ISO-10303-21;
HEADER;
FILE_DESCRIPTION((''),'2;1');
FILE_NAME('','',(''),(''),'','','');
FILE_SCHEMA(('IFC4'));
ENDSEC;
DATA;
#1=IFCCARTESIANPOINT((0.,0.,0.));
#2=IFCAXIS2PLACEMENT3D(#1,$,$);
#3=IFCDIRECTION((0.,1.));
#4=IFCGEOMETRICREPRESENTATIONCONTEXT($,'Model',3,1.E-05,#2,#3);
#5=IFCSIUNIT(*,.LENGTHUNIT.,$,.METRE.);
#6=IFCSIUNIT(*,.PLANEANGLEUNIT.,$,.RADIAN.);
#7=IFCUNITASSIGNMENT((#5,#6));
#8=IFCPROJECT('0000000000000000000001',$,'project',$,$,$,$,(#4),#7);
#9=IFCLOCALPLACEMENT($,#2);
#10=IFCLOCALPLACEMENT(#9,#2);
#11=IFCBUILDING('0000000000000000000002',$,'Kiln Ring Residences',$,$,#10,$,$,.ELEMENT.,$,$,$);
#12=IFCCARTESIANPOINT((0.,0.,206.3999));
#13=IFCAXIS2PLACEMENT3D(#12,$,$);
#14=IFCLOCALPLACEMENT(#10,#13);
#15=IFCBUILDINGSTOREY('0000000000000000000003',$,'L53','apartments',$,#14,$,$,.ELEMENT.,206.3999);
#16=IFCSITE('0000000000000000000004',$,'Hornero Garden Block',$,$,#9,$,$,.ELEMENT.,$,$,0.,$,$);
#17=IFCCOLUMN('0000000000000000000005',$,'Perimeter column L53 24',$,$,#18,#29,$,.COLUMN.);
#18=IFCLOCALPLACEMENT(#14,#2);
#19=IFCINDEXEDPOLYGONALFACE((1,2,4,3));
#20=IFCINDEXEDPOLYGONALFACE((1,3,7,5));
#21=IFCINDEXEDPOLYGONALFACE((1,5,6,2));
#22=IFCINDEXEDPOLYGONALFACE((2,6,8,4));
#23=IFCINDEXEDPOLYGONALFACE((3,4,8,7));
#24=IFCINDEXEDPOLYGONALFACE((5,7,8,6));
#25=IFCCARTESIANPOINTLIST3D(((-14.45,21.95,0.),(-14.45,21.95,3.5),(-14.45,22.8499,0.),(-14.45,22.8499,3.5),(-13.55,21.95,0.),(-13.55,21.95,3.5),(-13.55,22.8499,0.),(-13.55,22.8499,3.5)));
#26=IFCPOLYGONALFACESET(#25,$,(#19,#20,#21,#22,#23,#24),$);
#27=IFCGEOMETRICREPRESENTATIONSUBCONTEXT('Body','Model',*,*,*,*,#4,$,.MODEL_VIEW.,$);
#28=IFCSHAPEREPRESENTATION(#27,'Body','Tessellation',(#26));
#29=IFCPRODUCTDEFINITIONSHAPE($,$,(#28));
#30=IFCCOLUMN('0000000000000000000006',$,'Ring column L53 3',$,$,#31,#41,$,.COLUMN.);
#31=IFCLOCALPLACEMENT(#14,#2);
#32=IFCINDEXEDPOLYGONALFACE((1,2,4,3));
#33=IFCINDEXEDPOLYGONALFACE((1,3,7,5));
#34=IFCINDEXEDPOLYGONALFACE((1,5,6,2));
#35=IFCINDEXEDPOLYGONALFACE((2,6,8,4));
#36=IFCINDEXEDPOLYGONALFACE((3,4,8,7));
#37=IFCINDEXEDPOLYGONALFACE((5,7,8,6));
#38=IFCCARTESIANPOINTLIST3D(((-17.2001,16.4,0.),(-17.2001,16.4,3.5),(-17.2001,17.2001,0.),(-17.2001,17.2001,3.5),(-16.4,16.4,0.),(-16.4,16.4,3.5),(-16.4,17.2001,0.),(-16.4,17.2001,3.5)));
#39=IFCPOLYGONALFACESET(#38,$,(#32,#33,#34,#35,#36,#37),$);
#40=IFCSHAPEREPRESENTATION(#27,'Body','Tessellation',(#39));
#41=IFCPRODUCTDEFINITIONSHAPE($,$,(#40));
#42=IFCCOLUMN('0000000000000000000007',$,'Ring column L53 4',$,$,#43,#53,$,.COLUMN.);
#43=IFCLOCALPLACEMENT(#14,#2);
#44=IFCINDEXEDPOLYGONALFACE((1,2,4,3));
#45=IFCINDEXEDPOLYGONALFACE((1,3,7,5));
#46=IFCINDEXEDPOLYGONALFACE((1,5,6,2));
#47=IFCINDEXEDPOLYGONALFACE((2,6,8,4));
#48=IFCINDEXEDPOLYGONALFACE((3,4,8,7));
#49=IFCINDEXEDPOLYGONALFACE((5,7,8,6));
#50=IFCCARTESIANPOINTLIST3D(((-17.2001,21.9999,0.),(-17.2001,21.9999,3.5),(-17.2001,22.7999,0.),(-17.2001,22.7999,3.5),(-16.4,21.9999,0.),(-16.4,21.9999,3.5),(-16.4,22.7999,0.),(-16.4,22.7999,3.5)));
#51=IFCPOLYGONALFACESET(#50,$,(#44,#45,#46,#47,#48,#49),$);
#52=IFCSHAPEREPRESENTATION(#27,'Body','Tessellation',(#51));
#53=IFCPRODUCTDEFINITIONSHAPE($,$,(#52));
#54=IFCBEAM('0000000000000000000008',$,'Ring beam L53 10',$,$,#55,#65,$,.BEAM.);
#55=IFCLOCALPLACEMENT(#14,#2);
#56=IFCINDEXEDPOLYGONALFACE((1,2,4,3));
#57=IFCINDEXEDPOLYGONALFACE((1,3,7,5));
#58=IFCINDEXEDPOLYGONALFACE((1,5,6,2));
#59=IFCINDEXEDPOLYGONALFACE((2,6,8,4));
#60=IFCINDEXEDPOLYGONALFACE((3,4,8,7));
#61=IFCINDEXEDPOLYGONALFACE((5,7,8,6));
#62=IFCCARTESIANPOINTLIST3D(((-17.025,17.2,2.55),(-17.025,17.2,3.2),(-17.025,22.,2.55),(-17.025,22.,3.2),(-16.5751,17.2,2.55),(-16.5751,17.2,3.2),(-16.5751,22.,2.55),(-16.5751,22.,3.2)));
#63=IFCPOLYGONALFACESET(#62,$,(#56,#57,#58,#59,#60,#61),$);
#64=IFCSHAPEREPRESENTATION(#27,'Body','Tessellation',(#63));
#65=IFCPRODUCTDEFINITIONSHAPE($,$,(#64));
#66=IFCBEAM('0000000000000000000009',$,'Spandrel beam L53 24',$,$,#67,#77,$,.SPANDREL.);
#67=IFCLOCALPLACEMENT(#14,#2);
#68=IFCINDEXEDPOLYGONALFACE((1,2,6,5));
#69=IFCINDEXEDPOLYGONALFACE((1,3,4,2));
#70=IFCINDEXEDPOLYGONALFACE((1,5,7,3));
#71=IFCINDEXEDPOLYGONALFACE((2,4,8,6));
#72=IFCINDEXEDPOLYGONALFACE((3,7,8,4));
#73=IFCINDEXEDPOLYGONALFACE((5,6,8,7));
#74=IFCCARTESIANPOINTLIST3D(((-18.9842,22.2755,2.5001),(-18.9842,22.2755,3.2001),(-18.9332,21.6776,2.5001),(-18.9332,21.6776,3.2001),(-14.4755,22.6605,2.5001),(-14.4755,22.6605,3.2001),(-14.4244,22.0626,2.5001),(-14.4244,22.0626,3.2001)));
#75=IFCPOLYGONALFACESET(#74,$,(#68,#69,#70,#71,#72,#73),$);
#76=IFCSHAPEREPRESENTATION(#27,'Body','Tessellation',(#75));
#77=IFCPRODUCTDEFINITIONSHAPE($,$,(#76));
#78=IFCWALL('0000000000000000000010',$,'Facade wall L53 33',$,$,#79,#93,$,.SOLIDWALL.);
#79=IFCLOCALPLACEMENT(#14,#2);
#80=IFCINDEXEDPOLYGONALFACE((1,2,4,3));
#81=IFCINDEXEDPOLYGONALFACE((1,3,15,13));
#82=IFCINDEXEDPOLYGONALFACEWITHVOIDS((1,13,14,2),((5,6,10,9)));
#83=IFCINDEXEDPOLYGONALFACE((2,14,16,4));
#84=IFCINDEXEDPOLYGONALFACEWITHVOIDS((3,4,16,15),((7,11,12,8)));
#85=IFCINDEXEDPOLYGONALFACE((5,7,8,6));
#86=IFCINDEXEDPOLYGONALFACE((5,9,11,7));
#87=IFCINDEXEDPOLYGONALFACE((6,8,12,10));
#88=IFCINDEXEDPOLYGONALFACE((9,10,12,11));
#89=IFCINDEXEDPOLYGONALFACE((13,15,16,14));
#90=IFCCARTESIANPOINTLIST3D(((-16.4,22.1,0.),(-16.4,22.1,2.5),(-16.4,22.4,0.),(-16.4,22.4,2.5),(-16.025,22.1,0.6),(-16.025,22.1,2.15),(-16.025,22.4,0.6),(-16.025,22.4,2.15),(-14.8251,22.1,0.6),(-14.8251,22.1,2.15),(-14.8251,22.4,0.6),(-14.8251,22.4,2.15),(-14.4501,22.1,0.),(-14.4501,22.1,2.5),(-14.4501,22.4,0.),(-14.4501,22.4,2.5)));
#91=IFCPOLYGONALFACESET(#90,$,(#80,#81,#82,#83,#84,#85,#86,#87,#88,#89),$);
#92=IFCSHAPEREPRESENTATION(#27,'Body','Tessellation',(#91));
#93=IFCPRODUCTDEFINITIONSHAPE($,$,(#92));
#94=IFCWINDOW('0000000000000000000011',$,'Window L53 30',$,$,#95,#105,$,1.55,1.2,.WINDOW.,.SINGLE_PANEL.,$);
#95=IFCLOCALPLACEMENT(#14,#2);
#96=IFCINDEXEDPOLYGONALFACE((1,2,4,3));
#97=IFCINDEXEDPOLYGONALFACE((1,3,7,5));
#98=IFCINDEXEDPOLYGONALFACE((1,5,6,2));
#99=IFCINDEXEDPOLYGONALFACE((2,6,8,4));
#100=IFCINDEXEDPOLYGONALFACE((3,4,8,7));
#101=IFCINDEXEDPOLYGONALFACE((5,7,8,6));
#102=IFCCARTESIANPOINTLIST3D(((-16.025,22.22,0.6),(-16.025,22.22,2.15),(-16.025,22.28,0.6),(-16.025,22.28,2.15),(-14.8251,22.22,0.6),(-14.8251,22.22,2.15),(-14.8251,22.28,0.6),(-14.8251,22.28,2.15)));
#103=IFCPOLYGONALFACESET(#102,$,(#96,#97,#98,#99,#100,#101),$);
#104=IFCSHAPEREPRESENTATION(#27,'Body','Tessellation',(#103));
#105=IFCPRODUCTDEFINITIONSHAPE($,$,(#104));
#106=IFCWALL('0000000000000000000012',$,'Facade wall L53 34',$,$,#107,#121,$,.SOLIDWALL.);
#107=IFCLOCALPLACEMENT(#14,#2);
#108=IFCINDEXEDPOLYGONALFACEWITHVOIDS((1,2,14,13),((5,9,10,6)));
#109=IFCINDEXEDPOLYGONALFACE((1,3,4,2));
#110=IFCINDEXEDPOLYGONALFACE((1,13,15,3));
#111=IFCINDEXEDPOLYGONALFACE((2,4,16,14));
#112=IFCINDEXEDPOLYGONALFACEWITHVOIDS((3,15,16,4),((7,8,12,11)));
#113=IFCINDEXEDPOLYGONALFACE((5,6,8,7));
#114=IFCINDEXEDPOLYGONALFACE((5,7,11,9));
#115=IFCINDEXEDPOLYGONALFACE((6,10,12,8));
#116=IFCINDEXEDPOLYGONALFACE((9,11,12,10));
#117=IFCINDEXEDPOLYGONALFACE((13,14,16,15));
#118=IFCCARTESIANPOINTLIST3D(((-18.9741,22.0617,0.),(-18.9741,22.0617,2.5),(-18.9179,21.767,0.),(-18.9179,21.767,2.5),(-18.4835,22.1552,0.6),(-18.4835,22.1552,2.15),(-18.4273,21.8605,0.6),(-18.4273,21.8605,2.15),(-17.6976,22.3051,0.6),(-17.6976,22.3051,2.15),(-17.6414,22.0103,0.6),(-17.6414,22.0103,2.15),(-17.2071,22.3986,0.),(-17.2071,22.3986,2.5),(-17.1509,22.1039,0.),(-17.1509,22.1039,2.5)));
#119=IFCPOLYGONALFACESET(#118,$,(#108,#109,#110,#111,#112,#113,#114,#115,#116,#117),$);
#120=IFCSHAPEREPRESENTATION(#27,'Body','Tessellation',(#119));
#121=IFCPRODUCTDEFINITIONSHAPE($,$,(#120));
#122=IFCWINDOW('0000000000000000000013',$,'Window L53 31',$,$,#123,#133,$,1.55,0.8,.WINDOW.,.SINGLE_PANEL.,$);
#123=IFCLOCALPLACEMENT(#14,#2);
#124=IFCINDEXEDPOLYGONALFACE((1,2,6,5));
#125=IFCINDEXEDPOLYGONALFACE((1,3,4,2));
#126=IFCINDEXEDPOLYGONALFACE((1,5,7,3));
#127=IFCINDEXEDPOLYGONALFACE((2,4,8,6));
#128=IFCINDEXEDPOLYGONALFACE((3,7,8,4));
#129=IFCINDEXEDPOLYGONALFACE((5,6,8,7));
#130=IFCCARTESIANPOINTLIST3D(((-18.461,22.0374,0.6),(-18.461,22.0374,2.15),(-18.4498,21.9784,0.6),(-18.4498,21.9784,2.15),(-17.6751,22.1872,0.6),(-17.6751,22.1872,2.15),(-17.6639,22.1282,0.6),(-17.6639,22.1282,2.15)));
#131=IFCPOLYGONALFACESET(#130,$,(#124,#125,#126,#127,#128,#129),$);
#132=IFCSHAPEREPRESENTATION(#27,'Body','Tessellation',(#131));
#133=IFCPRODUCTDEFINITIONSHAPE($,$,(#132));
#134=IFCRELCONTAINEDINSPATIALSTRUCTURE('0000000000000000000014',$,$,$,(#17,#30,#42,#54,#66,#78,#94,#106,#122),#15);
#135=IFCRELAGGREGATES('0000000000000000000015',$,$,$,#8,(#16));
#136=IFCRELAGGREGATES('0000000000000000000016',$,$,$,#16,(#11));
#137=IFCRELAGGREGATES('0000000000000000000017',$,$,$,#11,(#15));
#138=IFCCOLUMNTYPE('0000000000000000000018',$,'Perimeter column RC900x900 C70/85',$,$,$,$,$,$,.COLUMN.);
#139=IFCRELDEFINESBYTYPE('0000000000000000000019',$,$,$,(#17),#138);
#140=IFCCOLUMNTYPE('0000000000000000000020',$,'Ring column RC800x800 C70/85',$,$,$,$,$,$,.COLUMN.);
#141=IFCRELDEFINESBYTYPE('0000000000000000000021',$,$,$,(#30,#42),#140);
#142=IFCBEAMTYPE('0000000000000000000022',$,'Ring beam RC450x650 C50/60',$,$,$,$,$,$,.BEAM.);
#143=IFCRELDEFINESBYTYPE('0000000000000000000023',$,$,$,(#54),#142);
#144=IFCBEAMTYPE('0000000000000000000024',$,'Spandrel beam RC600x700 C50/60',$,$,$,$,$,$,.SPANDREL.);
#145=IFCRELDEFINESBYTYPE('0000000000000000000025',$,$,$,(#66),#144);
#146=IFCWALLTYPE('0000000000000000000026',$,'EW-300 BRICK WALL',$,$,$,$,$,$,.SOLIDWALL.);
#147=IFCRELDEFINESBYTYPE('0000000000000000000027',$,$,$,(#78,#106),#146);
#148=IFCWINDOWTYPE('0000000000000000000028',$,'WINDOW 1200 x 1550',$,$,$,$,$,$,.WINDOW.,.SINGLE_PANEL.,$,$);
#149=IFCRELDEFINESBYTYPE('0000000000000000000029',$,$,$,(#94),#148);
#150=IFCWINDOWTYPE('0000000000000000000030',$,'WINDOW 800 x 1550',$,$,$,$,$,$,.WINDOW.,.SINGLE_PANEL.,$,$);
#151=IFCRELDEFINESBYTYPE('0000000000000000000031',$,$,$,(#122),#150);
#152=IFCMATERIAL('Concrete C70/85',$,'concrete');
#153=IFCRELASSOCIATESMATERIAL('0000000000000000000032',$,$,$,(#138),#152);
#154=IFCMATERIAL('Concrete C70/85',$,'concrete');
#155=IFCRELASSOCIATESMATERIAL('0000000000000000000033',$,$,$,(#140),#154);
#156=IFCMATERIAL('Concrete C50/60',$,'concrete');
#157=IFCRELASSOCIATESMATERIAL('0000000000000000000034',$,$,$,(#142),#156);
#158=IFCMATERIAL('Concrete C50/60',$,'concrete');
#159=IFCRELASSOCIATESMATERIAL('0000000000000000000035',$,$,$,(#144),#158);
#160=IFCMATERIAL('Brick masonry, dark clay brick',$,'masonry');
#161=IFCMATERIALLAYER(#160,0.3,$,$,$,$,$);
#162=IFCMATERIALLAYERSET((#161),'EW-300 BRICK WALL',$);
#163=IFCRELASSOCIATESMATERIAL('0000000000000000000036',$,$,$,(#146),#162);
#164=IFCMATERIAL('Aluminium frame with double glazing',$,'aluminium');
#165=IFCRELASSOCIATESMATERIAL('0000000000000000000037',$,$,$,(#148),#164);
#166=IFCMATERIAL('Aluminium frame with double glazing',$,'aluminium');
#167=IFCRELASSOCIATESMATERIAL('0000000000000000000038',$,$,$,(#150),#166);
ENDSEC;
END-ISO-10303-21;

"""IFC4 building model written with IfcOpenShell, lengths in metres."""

from ifc_helpers import new_model, si_unit, direction, frame, frame_2d, origin, origin_2d, place, context, subcontext, project, spatial, rectangle, extrude, material, layer, layer_set, material_profile, profile_set, type_object, element, fill, save


model = new_model("IFC4")

# Units and contexts
model_context = context("Model", 3, precision=1e-05, world=origin(), true_north=direction((0.0, 1.0)))
body_context = subcontext(model_context, "Body", "Model", "MODEL_VIEW")
ifc_project = project(units=[si_unit("LENGTHUNIT", "METRE"), si_unit("PLANEANGLEUNIT", "RADIAN")], contexts=[model_context])

# Site, building, storey
site_placement = place(None, origin())
site = spatial("IfcSite", under=ifc_project, at=site_placement, Name="Hornero Garden Block", CompositionType="ELEMENT", RefElevation=0.0)
building_placement = place(site_placement, origin())
building = spatial("IfcBuilding", under=site, at=building_placement, Name="Kiln Ring Residences", CompositionType="ELEMENT")
storey_placement = place(building_placement, frame((0.0, 0.0, 206.3999)))
storey = spatial("IfcBuildingStorey", under=building, at=storey_placement, Name="L53", Description="apartments", CompositionType="ELEMENT", Elevation=206.3999)

# Columns
ifc_material_1 = material(Name="Concrete C70/85", Category="concrete")
ifc_material_profile_1 = material_profile(ifc_material_1, rectangle(XDim=0.8999, YDim=0.8999, at=origin_2d()), Name="RC900x900")
ifc_profile_set_1 = profile_set([ifc_material_profile_1], Name="Concrete C70/85")
column_type_1 = type_object("IfcColumnType", Name="Perimeter column RC900x900 C70/85", PredefinedType="COLUMN", material=ifc_profile_set_1)
column_placement = place(storey_placement, frame((-14.0, 22.3999, 0.0), z_axis=(0.0, 0.0, 1.0), x_axis=(1.0, 0.0, 0.0)))
element("IfcColumn", 1, at=column_placement, inside=storey, type_object=column_type_1, Name="Perimeter column L53 24", PredefinedType="COLUMN", context=body_context, shape_type="SweptSolid", body=[
    extrude(rectangle(XDim=0.8999, YDim=0.8999, at=origin_2d()), origin(), (0.0, 0.0, 1.0), 3.5),
])
ifc_material_2 = material(Name="Concrete C70/85", Category="concrete")
ifc_material_profile_2 = material_profile(ifc_material_2, rectangle(XDim=0.8, YDim=0.8, at=origin_2d()), Name="RC800x800")
ifc_profile_set_2 = profile_set([ifc_material_profile_2], Name="Concrete C70/85")
column_type_2 = type_object("IfcColumnType", Name="Ring column RC800x800 C70/85", PredefinedType="COLUMN", material=ifc_profile_set_2)
for number, where, z_axis, x_axis, name in (
    (2, (-16.8, 16.8, 0.0), (0.0, 0.0, 1.0), (1.0, 0.0, 0.0), "Ring column L53 3"),
    (3, (-16.8, 22.3999, 0.0), (0.0, 0.0, 1.0), (1.0, 0.0, 0.0), "Ring column L53 4"),
):
    element("IfcColumn", number, at=place(storey_placement, frame(where, z_axis=z_axis, x_axis=x_axis)), inside=storey, type_object=column_type_2, Name=name, PredefinedType="COLUMN", context=body_context, shape_type="SweptSolid", body=[
        extrude(rectangle(XDim=0.8, YDim=0.8, at=origin_2d()), origin(), (0.0, 0.0, 1.0), 3.5),
    ])

# Beams
ifc_material_3 = material(Name="Concrete C50/60", Category="concrete")
ifc_material_profile_3 = material_profile(ifc_material_3, rectangle(XDim=0.45, YDim=0.6499, at=origin_2d()), Name="RC450x650")
ifc_profile_set_3 = profile_set([ifc_material_profile_3], Name="Concrete C50/60")
beam_type_1 = type_object("IfcBeamType", Name="Ring beam RC450x650 C50/60", PredefinedType="BEAM", material=ifc_profile_set_3)
beam_1_placement = place(storey_placement, frame((-16.8, 17.2, 2.875), z_axis=(0.0, 1.0, 0.0), x_axis=(-1.0, 0.0, 0.0)))
element("IfcBeam", 4, at=beam_1_placement, inside=storey, type_object=beam_type_1, Name="Ring beam L53 10", PredefinedType="BEAM", context=body_context, shape_type="SweptSolid", body=[
    extrude(rectangle(XDim=0.45, YDim=0.6499, at=origin_2d()), origin(), (0.0, 0.0, 1.0), 4.8),
])
ifc_material_4 = material(Name="Concrete C50/60", Category="concrete")
ifc_material_profile_4 = material_profile(ifc_material_4, rectangle(XDim=0.6001, YDim=0.7, at=origin_2d()), Name="RC600x700")
ifc_profile_set_4 = profile_set([ifc_material_profile_4], Name="Concrete C50/60")
beam_type_2 = type_object("IfcBeamType", Name="Spandrel beam RC600x700 C50/60", PredefinedType="SPANDREL", material=ifc_profile_set_4)
beam_2_placement = place(storey_placement, frame((-14.45, 22.3616, 2.8501), z_axis=(-0.996374, -0.085081, 0.0), x_axis=(0.085081, -0.996374, 0.0)))
element("IfcBeam", 5, at=beam_2_placement, inside=storey, type_object=beam_type_2, Name="Spandrel beam L53 24", PredefinedType="SPANDREL", context=body_context, shape_type="SweptSolid", body=[
    extrude(rectangle(XDim=0.6001, YDim=0.7, at=origin_2d()), origin(), (0.0, 0.0, 1.0), 4.5251),
])

# Walls, openings, windows
ifc_material_5 = material(Name="Brick masonry, dark clay brick", Category="masonry")
ifc_layer_1 = layer(ifc_material_5, 0.3)
ifc_layer_set_1 = layer_set([ifc_layer_1], Name="EW-300 BRICK WALL")
wall_type_1 = type_object("IfcWallType", Name="EW-300 BRICK WALL", PredefinedType="SOLIDWALL", material=ifc_layer_set_1)
wall_1_placement = place(storey_placement, frame((-14.45, 22.25, 0.0), z_axis=(0.0, 0.0, 1.0), x_axis=(-1.0, 0.0, 0.0)))
wall_1 = element("IfcWall", 6, at=wall_1_placement, inside=storey, type_object=wall_type_1, Name="Facade wall L53 33", PredefinedType="SOLIDWALL", context=body_context, shape_type="SweptSolid", body=[
    extrude(rectangle(XDim=1.95, YDim=0.3, at=frame_2d((0.9751, 0.0))), origin(), (0.0, 0.0, 1.0), 2.5),
])
opening_1_placement = place(wall_1_placement, frame((0.375, 0.0, 0.6001)))
opening_1 = element("IfcOpeningElement", 7, at=opening_1_placement, cuts=wall_1, PredefinedType="OPENING", context=body_context, shape_type="SweptSolid", body=[
    extrude(rectangle(XDim=1.2, YDim=1.55, at=frame_2d((0.6001, 0.7749))), frame((0.0, 0.1599, 0.0), z_axis=(0.0, -1.0, 0.0), x_axis=(1.0, 0.0, 0.0)), (0.0, 0.0, 1.0), 0.3201),
])
ifc_material_6 = material(Name="Aluminium frame with double glazing", Category="aluminium")
window_type_1 = type_object("IfcWindowType", Name="WINDOW 1200 x 1550", PartitioningType="SINGLE_PANEL", PredefinedType="WINDOW", material=ifc_material_6)
window_1_placement = place(opening_1_placement, origin())
window_1 = element("IfcWindow", 8, at=window_1_placement, inside=storey, type_object=window_type_1, Name="Window L53 30", OverallHeight=1.55, OverallWidth=1.2, PartitioningType="SINGLE_PANEL", PredefinedType="WINDOW", context=body_context, shape_type="SweptSolid", body=[
    extrude(rectangle(XDim=1.2, YDim=1.55, at=frame_2d((0.6001, 0.7749))), frame((0.0, 0.03, 0.0), z_axis=(0.0, -1.0, 0.0), x_axis=(1.0, 0.0, 0.0)), (0.0, 0.0, 1.0), 0.0601),
])
fill(opening_1, window_1)
wall_2_placement = place(storey_placement, frame((-17.179, 22.2512, 0.0), z_axis=(0.0, 0.0, 1.0), x_axis=(-0.982305, -0.187287, 0.0)))
wall_2 = element("IfcWall", 9, at=wall_2_placement, inside=storey, type_object=wall_type_1, Name="Facade wall L53 34", PredefinedType="SOLIDWALL", context=body_context, shape_type="SweptSolid", body=[
    extrude(rectangle(XDim=1.7988, YDim=0.3, at=frame_2d((0.8994, 0.0))), origin(), (0.0, 0.0, 1.0), 2.5),
])
opening_2_placement = place(wall_2_placement, frame((0.4995, 0.0, 0.6001)))
opening_2 = element("IfcOpeningElement", 10, at=opening_2_placement, cuts=wall_2, PredefinedType="OPENING", context=body_context, shape_type="SweptSolid", body=[
    extrude(rectangle(XDim=0.8, YDim=1.55, at=frame_2d((0.3999, 0.7749))), frame((0.0, 0.1599, 0.0), z_axis=(0.0, -1.0, 0.0), x_axis=(1.0, 0.0, 0.0)), (0.0, 0.0, 1.0), 0.3201),
])
ifc_material_7 = material(Name="Aluminium frame with double glazing", Category="aluminium")
window_type_2 = type_object("IfcWindowType", Name="WINDOW 800 x 1550", PartitioningType="SINGLE_PANEL", PredefinedType="WINDOW", material=ifc_material_7)
window_2_placement = place(opening_2_placement, origin())
window_2 = element("IfcWindow", 11, at=window_2_placement, inside=storey, type_object=window_type_2, Name="Window L53 31", OverallHeight=1.55, OverallWidth=0.8, PartitioningType="SINGLE_PANEL", PredefinedType="WINDOW", context=body_context, shape_type="SweptSolid", body=[
    extrude(rectangle(XDim=0.8, YDim=1.55, at=frame_2d((0.3999, 0.7749))), frame((0.0, 0.03, 0.0), z_axis=(0.0, -1.0, 0.0), x_axis=(1.0, 0.0, 0.0)), (0.0, 0.0, 1.0), 0.0601),
])
fill(opening_2, window_2)

save(model, "model.ifc")
